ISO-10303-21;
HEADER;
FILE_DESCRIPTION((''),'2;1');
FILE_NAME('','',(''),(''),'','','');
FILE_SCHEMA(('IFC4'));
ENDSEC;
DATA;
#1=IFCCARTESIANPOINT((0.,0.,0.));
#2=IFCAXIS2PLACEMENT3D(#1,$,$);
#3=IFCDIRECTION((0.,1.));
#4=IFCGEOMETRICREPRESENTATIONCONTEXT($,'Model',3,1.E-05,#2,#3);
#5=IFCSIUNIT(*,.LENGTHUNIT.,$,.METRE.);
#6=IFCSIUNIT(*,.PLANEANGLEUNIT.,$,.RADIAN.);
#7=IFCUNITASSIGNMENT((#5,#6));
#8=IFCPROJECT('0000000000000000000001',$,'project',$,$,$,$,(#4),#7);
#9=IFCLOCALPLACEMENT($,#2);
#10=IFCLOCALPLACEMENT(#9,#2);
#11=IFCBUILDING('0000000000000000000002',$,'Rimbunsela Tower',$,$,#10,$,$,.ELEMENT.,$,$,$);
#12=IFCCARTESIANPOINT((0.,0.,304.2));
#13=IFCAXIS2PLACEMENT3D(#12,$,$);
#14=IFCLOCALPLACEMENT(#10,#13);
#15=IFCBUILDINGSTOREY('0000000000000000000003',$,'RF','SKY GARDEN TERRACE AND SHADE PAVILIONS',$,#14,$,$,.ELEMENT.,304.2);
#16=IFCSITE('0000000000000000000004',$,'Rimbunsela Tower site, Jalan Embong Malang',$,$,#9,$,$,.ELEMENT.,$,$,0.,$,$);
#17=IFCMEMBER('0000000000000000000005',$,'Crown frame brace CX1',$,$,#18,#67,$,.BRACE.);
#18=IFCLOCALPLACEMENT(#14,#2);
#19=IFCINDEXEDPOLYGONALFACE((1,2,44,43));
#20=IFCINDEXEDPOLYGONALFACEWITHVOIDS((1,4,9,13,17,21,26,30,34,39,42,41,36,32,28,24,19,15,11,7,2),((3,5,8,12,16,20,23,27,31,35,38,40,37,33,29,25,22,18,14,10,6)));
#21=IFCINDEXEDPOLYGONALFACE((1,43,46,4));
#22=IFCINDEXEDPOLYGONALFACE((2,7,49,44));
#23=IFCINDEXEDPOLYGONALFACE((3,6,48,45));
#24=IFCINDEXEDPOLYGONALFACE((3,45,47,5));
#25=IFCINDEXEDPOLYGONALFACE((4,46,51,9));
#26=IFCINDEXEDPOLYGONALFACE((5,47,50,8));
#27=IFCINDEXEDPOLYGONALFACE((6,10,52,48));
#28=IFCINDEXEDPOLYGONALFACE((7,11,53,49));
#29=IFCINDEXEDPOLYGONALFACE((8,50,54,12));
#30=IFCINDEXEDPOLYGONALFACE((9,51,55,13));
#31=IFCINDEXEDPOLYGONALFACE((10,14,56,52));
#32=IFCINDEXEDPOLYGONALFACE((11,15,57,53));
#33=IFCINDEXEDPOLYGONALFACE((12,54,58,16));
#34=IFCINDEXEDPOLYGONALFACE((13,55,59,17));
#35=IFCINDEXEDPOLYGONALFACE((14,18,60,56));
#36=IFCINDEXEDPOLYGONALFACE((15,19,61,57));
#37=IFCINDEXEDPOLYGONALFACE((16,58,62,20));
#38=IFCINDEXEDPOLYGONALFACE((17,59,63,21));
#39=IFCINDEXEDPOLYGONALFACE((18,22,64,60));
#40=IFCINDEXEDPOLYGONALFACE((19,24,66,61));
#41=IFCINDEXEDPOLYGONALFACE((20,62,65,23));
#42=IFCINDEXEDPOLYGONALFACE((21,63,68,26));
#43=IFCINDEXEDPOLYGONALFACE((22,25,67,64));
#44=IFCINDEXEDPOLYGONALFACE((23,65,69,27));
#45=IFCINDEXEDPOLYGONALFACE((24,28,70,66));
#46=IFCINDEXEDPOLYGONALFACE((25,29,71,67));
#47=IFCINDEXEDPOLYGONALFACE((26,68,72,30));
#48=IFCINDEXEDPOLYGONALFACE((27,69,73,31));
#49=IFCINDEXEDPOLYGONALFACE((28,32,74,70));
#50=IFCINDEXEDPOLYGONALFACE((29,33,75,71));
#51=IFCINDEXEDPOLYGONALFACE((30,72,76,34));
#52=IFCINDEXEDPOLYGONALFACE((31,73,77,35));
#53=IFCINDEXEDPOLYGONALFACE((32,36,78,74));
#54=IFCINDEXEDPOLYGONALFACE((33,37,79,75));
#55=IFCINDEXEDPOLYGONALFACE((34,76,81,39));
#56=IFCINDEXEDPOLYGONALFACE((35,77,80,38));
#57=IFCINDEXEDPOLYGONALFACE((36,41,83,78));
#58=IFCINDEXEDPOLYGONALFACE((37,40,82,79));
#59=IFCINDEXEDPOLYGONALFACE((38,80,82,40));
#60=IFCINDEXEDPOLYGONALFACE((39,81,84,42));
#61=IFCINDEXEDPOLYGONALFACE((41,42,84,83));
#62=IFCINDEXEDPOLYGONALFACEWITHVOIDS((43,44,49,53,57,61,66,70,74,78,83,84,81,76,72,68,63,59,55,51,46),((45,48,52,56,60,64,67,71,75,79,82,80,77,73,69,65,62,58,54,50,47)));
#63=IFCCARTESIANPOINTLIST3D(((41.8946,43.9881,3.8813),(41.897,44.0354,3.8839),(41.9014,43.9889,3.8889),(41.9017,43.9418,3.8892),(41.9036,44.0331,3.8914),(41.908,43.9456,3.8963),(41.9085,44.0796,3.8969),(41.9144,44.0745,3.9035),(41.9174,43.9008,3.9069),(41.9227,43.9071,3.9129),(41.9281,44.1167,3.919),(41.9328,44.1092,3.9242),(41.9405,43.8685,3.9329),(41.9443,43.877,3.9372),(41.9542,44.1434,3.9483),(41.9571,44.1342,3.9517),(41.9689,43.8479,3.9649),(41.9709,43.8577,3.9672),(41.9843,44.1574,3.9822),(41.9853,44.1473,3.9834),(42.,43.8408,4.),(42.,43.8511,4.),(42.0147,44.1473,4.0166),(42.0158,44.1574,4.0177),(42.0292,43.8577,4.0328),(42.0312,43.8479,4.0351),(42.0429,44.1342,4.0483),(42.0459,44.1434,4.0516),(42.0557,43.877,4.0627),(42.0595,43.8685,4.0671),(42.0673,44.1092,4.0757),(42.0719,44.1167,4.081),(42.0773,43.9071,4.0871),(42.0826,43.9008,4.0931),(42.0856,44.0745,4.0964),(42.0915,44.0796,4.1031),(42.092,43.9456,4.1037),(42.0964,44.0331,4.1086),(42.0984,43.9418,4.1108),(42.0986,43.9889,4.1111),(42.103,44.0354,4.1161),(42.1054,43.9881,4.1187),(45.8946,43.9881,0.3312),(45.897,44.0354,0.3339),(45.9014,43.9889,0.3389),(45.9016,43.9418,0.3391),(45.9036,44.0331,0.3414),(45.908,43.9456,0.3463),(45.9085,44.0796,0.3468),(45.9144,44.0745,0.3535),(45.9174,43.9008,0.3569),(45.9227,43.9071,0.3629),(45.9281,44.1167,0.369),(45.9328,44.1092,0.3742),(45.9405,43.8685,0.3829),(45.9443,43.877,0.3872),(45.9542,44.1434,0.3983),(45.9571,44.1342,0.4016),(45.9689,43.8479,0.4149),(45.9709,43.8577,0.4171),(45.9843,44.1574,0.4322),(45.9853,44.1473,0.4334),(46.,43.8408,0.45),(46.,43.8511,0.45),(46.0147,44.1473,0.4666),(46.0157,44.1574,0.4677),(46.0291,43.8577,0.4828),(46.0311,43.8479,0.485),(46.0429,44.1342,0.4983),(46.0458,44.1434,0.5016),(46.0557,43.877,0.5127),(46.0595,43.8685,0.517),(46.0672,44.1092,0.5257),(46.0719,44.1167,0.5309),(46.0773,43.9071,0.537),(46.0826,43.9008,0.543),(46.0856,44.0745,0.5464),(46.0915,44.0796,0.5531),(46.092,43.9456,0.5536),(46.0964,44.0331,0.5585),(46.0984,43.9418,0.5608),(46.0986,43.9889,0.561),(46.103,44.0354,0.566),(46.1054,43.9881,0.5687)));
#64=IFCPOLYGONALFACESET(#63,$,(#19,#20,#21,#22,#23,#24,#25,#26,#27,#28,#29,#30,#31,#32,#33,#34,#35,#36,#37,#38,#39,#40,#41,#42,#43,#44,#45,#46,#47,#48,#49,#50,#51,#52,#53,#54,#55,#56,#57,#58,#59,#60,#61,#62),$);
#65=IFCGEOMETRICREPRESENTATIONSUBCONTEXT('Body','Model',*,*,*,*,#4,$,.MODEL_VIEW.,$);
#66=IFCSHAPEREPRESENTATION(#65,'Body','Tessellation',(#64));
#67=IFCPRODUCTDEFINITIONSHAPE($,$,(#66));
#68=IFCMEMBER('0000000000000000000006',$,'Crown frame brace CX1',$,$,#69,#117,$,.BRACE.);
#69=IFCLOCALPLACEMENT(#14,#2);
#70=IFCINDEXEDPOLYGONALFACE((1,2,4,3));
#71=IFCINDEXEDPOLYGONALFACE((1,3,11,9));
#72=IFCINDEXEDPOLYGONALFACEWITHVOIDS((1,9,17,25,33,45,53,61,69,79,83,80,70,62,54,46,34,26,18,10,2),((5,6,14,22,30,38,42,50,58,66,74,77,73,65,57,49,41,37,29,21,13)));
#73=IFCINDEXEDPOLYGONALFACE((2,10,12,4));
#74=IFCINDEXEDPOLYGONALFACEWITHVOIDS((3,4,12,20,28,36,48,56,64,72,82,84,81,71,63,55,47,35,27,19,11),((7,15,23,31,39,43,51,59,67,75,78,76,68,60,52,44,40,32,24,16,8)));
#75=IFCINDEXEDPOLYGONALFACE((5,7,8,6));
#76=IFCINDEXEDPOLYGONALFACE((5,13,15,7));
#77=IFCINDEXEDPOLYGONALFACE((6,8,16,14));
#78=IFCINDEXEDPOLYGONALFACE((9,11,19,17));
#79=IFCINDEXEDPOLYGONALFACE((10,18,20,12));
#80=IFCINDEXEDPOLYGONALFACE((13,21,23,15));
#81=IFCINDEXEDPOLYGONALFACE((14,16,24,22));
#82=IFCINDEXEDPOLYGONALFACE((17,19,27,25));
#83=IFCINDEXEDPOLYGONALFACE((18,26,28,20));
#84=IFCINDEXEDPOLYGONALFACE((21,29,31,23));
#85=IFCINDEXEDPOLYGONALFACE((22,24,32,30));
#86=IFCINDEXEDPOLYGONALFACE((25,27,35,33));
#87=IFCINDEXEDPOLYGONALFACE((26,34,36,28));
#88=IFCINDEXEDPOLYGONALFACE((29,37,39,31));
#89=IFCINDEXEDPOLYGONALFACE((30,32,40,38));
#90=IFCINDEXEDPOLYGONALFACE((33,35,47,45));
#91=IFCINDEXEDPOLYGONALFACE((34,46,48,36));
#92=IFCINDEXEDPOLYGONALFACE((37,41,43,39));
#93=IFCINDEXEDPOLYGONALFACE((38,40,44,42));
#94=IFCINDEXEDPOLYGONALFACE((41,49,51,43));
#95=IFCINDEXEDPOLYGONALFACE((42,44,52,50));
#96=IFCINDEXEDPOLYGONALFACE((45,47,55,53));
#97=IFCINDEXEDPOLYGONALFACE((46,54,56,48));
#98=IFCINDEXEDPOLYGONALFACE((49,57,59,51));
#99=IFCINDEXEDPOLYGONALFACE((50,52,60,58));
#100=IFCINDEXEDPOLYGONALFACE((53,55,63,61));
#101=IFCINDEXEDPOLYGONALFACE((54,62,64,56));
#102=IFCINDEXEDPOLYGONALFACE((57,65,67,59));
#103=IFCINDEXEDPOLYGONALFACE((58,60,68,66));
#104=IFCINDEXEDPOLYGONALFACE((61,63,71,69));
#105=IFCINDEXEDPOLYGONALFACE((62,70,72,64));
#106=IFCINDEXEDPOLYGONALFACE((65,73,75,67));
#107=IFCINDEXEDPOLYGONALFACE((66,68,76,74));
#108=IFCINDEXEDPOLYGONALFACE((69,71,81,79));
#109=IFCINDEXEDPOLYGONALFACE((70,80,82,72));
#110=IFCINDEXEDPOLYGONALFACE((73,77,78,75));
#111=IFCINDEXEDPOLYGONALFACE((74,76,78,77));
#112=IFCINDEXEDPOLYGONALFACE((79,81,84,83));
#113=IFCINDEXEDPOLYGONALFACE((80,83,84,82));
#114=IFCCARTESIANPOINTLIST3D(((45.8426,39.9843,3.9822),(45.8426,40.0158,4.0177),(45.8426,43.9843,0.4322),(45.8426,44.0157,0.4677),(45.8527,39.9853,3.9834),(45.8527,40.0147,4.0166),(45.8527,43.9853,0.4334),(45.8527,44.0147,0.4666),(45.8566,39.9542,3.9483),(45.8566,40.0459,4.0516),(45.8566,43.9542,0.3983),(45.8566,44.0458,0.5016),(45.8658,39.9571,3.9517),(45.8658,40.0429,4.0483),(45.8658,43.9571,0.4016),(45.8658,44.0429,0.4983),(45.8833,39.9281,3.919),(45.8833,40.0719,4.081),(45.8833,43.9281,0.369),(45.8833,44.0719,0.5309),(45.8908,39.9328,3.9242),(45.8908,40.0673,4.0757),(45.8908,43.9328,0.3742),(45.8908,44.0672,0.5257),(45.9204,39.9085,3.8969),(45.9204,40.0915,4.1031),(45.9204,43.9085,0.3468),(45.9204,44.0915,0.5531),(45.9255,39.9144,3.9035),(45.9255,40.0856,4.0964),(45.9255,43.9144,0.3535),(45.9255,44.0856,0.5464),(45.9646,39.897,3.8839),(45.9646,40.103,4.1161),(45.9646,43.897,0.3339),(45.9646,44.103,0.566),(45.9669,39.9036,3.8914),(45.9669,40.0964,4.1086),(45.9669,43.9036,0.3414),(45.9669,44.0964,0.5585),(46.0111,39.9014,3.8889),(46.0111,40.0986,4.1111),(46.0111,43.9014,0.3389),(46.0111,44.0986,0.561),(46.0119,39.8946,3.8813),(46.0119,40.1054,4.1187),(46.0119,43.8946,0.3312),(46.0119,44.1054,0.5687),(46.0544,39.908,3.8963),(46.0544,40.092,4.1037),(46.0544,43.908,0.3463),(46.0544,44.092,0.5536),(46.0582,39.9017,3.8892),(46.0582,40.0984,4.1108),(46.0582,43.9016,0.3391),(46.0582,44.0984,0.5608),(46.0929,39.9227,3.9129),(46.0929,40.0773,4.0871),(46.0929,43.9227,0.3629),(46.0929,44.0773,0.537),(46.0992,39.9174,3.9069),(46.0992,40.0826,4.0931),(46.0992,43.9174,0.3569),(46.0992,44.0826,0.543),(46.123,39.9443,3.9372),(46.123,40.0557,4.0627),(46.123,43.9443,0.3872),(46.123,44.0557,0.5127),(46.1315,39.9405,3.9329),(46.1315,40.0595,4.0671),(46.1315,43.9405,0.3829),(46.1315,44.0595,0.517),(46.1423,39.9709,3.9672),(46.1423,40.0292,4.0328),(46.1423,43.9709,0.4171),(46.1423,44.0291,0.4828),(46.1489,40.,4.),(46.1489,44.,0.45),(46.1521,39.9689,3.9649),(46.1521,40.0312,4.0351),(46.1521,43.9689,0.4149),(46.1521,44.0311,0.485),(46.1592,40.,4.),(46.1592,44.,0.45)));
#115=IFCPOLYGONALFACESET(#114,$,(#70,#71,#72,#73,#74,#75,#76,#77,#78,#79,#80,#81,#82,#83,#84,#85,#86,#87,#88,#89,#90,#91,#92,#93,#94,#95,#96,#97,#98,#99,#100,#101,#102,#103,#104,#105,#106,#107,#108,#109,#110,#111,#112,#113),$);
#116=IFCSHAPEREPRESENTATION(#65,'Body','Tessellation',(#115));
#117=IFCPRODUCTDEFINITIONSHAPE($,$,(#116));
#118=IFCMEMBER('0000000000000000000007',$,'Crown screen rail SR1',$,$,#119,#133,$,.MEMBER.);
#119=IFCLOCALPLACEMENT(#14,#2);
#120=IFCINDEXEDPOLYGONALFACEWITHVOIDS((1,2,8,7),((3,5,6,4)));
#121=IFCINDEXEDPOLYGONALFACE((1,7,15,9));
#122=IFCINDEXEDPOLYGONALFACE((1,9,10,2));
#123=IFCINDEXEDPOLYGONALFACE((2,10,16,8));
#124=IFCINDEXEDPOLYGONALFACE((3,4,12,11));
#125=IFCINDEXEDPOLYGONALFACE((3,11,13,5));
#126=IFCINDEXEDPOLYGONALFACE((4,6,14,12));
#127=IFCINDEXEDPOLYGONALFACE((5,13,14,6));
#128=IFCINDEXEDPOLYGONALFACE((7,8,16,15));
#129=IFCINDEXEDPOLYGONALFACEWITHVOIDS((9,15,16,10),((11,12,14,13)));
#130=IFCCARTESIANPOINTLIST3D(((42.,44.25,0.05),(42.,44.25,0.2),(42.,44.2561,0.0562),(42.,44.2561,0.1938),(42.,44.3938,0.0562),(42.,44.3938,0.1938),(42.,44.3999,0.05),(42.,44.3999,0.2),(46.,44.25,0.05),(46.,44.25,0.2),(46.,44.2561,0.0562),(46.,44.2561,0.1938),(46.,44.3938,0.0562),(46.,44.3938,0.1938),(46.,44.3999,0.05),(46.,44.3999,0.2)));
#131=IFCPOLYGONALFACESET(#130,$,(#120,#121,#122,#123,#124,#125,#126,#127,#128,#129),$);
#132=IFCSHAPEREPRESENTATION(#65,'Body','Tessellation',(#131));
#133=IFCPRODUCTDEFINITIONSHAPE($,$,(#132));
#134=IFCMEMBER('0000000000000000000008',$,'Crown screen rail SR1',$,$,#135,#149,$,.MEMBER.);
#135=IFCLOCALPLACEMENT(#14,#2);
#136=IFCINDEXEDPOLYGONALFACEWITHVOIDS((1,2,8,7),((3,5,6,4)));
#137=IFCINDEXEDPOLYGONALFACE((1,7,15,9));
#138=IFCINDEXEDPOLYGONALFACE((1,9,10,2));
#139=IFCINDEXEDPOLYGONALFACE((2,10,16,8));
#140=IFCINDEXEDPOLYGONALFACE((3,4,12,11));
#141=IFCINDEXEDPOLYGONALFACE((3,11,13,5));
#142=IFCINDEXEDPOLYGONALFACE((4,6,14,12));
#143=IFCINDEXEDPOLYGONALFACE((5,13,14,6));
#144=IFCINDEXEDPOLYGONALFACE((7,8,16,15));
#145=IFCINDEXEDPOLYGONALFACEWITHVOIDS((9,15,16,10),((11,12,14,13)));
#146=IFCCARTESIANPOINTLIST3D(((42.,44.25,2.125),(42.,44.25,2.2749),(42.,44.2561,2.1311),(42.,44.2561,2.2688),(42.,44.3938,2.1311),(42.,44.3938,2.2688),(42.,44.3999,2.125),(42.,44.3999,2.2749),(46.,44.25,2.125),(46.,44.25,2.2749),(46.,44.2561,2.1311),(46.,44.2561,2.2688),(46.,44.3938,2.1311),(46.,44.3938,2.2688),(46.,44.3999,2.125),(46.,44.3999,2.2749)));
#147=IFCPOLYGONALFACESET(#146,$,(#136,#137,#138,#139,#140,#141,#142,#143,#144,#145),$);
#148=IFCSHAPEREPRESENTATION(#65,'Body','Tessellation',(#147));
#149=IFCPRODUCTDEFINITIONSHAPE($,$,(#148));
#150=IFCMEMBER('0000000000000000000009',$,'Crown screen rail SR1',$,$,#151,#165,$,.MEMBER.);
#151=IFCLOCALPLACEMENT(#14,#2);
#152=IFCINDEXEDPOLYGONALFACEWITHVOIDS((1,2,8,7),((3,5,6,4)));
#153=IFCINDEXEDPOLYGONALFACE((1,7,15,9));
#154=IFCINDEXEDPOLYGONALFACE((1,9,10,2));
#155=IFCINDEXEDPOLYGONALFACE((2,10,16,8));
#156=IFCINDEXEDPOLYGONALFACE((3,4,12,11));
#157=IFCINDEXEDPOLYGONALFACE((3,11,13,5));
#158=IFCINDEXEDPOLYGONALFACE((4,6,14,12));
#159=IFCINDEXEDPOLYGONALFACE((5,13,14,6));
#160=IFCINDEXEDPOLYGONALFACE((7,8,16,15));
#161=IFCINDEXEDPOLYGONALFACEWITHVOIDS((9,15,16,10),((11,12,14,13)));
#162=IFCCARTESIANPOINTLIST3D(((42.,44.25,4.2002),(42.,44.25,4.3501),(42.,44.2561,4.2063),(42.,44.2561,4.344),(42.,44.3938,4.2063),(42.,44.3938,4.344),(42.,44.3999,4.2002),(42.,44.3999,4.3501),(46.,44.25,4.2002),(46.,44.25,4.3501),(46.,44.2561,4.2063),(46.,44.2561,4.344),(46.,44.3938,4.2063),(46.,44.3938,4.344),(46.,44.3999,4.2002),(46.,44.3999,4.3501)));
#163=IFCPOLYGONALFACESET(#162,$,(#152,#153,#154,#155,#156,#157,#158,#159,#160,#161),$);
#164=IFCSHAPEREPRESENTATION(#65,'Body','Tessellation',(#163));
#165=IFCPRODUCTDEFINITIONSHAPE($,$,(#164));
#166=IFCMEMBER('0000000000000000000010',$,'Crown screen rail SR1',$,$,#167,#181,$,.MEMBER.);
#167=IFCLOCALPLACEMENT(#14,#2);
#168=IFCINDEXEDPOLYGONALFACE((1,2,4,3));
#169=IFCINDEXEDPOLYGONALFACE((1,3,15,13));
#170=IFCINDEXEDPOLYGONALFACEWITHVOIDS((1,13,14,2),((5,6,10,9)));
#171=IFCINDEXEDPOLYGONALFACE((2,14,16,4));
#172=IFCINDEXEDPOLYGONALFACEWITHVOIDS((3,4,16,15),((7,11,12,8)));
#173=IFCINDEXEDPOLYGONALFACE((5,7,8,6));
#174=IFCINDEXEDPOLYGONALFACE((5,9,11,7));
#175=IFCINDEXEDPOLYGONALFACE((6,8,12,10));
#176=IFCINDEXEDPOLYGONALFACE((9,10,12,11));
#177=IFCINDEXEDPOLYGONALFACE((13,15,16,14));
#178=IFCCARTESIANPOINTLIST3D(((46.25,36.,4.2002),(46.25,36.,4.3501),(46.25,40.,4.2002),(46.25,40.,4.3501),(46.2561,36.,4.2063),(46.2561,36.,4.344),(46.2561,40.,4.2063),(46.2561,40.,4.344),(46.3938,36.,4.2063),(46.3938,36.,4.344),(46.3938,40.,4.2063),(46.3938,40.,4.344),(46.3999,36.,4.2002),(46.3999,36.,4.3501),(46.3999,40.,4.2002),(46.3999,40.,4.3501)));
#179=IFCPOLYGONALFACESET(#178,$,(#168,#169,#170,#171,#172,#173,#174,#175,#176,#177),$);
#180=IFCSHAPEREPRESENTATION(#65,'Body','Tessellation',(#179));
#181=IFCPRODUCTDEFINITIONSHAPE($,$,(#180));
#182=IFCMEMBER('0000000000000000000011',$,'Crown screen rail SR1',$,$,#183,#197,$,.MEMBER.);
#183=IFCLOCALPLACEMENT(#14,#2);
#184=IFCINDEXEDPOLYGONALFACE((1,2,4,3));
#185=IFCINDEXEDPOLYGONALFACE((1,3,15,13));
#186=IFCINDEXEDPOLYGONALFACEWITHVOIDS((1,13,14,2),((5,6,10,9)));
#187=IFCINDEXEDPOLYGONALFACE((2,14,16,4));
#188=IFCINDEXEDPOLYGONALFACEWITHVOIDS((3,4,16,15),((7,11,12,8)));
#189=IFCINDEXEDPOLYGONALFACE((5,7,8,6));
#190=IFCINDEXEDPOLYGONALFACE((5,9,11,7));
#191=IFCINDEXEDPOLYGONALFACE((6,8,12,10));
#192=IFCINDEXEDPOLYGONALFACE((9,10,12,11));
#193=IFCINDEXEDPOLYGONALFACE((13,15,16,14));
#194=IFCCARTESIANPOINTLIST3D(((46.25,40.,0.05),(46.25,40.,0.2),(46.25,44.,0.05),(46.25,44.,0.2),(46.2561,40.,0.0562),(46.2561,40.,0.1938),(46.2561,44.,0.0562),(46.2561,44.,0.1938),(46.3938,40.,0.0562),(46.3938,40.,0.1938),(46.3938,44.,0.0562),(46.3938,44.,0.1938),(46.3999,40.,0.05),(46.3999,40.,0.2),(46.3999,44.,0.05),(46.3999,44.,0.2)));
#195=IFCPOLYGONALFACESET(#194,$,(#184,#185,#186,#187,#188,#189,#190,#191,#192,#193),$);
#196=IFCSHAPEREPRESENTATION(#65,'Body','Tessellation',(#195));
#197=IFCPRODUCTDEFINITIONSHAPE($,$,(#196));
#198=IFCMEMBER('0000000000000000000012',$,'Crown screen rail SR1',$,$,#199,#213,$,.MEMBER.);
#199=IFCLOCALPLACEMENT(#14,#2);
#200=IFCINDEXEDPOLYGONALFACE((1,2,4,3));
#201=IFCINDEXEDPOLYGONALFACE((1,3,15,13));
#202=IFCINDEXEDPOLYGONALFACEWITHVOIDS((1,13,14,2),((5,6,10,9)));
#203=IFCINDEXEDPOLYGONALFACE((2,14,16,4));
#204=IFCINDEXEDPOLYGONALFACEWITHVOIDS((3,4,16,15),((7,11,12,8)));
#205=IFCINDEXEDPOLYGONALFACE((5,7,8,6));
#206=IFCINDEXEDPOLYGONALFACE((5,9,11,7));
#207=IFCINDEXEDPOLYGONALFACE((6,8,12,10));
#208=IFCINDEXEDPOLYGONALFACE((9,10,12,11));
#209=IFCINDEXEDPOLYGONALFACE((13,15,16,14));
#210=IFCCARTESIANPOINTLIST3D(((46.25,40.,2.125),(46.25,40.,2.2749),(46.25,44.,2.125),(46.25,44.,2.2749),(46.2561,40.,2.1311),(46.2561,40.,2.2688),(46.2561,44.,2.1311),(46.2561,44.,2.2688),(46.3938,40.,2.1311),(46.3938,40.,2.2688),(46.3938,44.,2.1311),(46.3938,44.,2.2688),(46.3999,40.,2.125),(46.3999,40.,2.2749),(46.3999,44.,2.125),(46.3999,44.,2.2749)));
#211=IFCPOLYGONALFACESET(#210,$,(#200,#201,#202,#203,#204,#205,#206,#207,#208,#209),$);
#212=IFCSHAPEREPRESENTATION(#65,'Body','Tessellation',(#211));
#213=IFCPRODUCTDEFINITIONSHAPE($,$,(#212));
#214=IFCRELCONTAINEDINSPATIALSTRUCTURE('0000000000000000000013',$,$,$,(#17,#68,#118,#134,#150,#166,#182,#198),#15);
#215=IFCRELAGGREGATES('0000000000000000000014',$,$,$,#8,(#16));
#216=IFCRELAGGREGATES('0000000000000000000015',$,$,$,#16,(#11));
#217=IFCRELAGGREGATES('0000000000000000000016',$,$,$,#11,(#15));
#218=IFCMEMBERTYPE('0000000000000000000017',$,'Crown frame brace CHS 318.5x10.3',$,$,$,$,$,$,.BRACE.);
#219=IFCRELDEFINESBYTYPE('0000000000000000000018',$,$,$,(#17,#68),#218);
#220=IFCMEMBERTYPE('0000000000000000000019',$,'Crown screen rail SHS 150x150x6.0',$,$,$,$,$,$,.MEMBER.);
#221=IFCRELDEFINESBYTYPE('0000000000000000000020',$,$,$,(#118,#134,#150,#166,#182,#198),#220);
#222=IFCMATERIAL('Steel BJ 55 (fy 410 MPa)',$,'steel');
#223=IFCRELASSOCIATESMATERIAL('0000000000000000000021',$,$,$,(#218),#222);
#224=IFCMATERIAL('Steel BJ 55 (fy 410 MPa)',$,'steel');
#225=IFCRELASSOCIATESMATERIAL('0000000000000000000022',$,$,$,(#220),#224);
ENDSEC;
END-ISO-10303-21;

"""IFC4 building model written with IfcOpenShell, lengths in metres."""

from ifc_helpers import new_model, si_unit, direction, frame, origin, origin_2d, place, context, subcontext, project, spatial, hollow_rectangle, hollow_circle, extrude, material, material_profile, profile_set, type_object, element, save


model = new_model("IFC4")

# Units and contexts
model_context = context("Model", 3, precision=1e-05, world=origin(), true_north=direction((0.0, 1.0)))
body_context = subcontext(model_context, "Body", "Model", "MODEL_VIEW")
ifc_project = project(units=[si_unit("LENGTHUNIT", "METRE"), si_unit("PLANEANGLEUNIT", "RADIAN")], contexts=[model_context])

# Site, building, storey
site_placement = place(None, origin())
site = spatial("IfcSite", under=ifc_project, at=site_placement, Name="Rimbunsela Tower site, Jalan Embong Malang", CompositionType="ELEMENT", RefElevation=0.0)
building_placement = place(site_placement, origin())
building = spatial("IfcBuilding", under=site, at=building_placement, Name="Rimbunsela Tower", CompositionType="ELEMENT")
storey_placement = place(building_placement, frame((0.0, 0.0, 304.2)))
storey = spatial("IfcBuildingStorey", under=building, at=storey_placement, Name="RF", Description="SKY GARDEN TERRACE AND SHADE PAVILIONS", CompositionType="ELEMENT", Elevation=304.2)

# Members
ifc_material_1 = material(Name="Steel BJ 55 (fy 410 MPa)", Category="steel")
ifc_material_profile_1 = material_profile(ifc_material_1, hollow_circle(Radius=0.1592, WallThickness=0.0103, at=origin_2d()), Name="CHS 318.5x10.3")
ifc_profile_set_1 = profile_set([ifc_material_profile_1], Name="Steel BJ 55 (fy 410 MPa)")
member_type_1 = type_object("IfcMemberType", Name="Crown frame brace CHS 318.5x10.3", PredefinedType="BRACE", material=ifc_profile_set_1)
for number, where, z_axis, x_axis, name in (
    (1, (46.0, 44.0, 0.45), (-0.74792, 0.0, 0.663788), (0.0, -1.0, 0.0), "Crown frame brace CX1"),
    (2, (46.0, 44.0, 0.45), (0.0, -0.74792, 0.663788), (1.0, 0.0, 0.0), "Crown frame brace CX1"),
):
    element("IfcMember", number, at=place(storey_placement, frame(where, z_axis=z_axis, x_axis=x_axis)), inside=storey, type_object=member_type_1, Name=name, PredefinedType="BRACE", context=body_context, shape_type="SweptSolid", body=[
        extrude(hollow_circle(Radius=0.1592, WallThickness=0.0103, at=origin_2d()), origin(), (0.0, 0.0, 1.0), 5.3481),
    ])
ifc_material_2 = material(Name="Steel BJ 55 (fy 410 MPa)", Category="steel")
ifc_material_profile_2 = material_profile(ifc_material_2, hollow_rectangle(XDim=0.1499, YDim=0.1499, WallThickness=0.0061, at=origin_2d()), Name="SHS 150x150x6.0")
ifc_profile_set_2 = profile_set([ifc_material_profile_2], Name="Steel BJ 55 (fy 410 MPa)")
member_type_2 = type_object("IfcMemberType", Name="Crown screen rail SHS 150x150x6.0", PredefinedType="MEMBER", material=ifc_profile_set_2)
for number, where, z_axis, x_axis, name in (
    (3, (42.0, 44.325, 0.125), (1.0, 0.0, 0.0), (0.0, 1.0, 0.0), "Crown screen rail SR1"),
    (4, (42.0, 44.325, 2.2), (1.0, 0.0, 0.0), (0.0, 1.0, 0.0), "Crown screen rail SR1"),
    (5, (42.0, 44.325, 4.2751), (1.0, 0.0, 0.0), (0.0, 1.0, 0.0), "Crown screen rail SR1"),
    (6, (46.325, 36.0, 4.2751), (0.0, 1.0, 0.0), (-1.0, 0.0, 0.0), "Crown screen rail SR1"),
    (7, (46.325, 40.0, 0.125), (0.0, 1.0, 0.0), (-1.0, 0.0, 0.0), "Crown screen rail SR1"),
    (8, (46.325, 40.0, 2.2), (0.0, 1.0, 0.0), (-1.0, 0.0, 0.0), "Crown screen rail SR1"),
):
    element("IfcMember", number, at=place(storey_placement, frame(where, z_axis=z_axis, x_axis=x_axis)), inside=storey, type_object=member_type_2, Name=name, PredefinedType="MEMBER", context=body_context, shape_type="SweptSolid", body=[
        extrude(hollow_rectangle(XDim=0.1499, YDim=0.1499, WallThickness=0.0061, at=origin_2d()), origin(), (0.0, 0.0, 1.0), 4.0),
    ])

save(model, "model.ifc")
